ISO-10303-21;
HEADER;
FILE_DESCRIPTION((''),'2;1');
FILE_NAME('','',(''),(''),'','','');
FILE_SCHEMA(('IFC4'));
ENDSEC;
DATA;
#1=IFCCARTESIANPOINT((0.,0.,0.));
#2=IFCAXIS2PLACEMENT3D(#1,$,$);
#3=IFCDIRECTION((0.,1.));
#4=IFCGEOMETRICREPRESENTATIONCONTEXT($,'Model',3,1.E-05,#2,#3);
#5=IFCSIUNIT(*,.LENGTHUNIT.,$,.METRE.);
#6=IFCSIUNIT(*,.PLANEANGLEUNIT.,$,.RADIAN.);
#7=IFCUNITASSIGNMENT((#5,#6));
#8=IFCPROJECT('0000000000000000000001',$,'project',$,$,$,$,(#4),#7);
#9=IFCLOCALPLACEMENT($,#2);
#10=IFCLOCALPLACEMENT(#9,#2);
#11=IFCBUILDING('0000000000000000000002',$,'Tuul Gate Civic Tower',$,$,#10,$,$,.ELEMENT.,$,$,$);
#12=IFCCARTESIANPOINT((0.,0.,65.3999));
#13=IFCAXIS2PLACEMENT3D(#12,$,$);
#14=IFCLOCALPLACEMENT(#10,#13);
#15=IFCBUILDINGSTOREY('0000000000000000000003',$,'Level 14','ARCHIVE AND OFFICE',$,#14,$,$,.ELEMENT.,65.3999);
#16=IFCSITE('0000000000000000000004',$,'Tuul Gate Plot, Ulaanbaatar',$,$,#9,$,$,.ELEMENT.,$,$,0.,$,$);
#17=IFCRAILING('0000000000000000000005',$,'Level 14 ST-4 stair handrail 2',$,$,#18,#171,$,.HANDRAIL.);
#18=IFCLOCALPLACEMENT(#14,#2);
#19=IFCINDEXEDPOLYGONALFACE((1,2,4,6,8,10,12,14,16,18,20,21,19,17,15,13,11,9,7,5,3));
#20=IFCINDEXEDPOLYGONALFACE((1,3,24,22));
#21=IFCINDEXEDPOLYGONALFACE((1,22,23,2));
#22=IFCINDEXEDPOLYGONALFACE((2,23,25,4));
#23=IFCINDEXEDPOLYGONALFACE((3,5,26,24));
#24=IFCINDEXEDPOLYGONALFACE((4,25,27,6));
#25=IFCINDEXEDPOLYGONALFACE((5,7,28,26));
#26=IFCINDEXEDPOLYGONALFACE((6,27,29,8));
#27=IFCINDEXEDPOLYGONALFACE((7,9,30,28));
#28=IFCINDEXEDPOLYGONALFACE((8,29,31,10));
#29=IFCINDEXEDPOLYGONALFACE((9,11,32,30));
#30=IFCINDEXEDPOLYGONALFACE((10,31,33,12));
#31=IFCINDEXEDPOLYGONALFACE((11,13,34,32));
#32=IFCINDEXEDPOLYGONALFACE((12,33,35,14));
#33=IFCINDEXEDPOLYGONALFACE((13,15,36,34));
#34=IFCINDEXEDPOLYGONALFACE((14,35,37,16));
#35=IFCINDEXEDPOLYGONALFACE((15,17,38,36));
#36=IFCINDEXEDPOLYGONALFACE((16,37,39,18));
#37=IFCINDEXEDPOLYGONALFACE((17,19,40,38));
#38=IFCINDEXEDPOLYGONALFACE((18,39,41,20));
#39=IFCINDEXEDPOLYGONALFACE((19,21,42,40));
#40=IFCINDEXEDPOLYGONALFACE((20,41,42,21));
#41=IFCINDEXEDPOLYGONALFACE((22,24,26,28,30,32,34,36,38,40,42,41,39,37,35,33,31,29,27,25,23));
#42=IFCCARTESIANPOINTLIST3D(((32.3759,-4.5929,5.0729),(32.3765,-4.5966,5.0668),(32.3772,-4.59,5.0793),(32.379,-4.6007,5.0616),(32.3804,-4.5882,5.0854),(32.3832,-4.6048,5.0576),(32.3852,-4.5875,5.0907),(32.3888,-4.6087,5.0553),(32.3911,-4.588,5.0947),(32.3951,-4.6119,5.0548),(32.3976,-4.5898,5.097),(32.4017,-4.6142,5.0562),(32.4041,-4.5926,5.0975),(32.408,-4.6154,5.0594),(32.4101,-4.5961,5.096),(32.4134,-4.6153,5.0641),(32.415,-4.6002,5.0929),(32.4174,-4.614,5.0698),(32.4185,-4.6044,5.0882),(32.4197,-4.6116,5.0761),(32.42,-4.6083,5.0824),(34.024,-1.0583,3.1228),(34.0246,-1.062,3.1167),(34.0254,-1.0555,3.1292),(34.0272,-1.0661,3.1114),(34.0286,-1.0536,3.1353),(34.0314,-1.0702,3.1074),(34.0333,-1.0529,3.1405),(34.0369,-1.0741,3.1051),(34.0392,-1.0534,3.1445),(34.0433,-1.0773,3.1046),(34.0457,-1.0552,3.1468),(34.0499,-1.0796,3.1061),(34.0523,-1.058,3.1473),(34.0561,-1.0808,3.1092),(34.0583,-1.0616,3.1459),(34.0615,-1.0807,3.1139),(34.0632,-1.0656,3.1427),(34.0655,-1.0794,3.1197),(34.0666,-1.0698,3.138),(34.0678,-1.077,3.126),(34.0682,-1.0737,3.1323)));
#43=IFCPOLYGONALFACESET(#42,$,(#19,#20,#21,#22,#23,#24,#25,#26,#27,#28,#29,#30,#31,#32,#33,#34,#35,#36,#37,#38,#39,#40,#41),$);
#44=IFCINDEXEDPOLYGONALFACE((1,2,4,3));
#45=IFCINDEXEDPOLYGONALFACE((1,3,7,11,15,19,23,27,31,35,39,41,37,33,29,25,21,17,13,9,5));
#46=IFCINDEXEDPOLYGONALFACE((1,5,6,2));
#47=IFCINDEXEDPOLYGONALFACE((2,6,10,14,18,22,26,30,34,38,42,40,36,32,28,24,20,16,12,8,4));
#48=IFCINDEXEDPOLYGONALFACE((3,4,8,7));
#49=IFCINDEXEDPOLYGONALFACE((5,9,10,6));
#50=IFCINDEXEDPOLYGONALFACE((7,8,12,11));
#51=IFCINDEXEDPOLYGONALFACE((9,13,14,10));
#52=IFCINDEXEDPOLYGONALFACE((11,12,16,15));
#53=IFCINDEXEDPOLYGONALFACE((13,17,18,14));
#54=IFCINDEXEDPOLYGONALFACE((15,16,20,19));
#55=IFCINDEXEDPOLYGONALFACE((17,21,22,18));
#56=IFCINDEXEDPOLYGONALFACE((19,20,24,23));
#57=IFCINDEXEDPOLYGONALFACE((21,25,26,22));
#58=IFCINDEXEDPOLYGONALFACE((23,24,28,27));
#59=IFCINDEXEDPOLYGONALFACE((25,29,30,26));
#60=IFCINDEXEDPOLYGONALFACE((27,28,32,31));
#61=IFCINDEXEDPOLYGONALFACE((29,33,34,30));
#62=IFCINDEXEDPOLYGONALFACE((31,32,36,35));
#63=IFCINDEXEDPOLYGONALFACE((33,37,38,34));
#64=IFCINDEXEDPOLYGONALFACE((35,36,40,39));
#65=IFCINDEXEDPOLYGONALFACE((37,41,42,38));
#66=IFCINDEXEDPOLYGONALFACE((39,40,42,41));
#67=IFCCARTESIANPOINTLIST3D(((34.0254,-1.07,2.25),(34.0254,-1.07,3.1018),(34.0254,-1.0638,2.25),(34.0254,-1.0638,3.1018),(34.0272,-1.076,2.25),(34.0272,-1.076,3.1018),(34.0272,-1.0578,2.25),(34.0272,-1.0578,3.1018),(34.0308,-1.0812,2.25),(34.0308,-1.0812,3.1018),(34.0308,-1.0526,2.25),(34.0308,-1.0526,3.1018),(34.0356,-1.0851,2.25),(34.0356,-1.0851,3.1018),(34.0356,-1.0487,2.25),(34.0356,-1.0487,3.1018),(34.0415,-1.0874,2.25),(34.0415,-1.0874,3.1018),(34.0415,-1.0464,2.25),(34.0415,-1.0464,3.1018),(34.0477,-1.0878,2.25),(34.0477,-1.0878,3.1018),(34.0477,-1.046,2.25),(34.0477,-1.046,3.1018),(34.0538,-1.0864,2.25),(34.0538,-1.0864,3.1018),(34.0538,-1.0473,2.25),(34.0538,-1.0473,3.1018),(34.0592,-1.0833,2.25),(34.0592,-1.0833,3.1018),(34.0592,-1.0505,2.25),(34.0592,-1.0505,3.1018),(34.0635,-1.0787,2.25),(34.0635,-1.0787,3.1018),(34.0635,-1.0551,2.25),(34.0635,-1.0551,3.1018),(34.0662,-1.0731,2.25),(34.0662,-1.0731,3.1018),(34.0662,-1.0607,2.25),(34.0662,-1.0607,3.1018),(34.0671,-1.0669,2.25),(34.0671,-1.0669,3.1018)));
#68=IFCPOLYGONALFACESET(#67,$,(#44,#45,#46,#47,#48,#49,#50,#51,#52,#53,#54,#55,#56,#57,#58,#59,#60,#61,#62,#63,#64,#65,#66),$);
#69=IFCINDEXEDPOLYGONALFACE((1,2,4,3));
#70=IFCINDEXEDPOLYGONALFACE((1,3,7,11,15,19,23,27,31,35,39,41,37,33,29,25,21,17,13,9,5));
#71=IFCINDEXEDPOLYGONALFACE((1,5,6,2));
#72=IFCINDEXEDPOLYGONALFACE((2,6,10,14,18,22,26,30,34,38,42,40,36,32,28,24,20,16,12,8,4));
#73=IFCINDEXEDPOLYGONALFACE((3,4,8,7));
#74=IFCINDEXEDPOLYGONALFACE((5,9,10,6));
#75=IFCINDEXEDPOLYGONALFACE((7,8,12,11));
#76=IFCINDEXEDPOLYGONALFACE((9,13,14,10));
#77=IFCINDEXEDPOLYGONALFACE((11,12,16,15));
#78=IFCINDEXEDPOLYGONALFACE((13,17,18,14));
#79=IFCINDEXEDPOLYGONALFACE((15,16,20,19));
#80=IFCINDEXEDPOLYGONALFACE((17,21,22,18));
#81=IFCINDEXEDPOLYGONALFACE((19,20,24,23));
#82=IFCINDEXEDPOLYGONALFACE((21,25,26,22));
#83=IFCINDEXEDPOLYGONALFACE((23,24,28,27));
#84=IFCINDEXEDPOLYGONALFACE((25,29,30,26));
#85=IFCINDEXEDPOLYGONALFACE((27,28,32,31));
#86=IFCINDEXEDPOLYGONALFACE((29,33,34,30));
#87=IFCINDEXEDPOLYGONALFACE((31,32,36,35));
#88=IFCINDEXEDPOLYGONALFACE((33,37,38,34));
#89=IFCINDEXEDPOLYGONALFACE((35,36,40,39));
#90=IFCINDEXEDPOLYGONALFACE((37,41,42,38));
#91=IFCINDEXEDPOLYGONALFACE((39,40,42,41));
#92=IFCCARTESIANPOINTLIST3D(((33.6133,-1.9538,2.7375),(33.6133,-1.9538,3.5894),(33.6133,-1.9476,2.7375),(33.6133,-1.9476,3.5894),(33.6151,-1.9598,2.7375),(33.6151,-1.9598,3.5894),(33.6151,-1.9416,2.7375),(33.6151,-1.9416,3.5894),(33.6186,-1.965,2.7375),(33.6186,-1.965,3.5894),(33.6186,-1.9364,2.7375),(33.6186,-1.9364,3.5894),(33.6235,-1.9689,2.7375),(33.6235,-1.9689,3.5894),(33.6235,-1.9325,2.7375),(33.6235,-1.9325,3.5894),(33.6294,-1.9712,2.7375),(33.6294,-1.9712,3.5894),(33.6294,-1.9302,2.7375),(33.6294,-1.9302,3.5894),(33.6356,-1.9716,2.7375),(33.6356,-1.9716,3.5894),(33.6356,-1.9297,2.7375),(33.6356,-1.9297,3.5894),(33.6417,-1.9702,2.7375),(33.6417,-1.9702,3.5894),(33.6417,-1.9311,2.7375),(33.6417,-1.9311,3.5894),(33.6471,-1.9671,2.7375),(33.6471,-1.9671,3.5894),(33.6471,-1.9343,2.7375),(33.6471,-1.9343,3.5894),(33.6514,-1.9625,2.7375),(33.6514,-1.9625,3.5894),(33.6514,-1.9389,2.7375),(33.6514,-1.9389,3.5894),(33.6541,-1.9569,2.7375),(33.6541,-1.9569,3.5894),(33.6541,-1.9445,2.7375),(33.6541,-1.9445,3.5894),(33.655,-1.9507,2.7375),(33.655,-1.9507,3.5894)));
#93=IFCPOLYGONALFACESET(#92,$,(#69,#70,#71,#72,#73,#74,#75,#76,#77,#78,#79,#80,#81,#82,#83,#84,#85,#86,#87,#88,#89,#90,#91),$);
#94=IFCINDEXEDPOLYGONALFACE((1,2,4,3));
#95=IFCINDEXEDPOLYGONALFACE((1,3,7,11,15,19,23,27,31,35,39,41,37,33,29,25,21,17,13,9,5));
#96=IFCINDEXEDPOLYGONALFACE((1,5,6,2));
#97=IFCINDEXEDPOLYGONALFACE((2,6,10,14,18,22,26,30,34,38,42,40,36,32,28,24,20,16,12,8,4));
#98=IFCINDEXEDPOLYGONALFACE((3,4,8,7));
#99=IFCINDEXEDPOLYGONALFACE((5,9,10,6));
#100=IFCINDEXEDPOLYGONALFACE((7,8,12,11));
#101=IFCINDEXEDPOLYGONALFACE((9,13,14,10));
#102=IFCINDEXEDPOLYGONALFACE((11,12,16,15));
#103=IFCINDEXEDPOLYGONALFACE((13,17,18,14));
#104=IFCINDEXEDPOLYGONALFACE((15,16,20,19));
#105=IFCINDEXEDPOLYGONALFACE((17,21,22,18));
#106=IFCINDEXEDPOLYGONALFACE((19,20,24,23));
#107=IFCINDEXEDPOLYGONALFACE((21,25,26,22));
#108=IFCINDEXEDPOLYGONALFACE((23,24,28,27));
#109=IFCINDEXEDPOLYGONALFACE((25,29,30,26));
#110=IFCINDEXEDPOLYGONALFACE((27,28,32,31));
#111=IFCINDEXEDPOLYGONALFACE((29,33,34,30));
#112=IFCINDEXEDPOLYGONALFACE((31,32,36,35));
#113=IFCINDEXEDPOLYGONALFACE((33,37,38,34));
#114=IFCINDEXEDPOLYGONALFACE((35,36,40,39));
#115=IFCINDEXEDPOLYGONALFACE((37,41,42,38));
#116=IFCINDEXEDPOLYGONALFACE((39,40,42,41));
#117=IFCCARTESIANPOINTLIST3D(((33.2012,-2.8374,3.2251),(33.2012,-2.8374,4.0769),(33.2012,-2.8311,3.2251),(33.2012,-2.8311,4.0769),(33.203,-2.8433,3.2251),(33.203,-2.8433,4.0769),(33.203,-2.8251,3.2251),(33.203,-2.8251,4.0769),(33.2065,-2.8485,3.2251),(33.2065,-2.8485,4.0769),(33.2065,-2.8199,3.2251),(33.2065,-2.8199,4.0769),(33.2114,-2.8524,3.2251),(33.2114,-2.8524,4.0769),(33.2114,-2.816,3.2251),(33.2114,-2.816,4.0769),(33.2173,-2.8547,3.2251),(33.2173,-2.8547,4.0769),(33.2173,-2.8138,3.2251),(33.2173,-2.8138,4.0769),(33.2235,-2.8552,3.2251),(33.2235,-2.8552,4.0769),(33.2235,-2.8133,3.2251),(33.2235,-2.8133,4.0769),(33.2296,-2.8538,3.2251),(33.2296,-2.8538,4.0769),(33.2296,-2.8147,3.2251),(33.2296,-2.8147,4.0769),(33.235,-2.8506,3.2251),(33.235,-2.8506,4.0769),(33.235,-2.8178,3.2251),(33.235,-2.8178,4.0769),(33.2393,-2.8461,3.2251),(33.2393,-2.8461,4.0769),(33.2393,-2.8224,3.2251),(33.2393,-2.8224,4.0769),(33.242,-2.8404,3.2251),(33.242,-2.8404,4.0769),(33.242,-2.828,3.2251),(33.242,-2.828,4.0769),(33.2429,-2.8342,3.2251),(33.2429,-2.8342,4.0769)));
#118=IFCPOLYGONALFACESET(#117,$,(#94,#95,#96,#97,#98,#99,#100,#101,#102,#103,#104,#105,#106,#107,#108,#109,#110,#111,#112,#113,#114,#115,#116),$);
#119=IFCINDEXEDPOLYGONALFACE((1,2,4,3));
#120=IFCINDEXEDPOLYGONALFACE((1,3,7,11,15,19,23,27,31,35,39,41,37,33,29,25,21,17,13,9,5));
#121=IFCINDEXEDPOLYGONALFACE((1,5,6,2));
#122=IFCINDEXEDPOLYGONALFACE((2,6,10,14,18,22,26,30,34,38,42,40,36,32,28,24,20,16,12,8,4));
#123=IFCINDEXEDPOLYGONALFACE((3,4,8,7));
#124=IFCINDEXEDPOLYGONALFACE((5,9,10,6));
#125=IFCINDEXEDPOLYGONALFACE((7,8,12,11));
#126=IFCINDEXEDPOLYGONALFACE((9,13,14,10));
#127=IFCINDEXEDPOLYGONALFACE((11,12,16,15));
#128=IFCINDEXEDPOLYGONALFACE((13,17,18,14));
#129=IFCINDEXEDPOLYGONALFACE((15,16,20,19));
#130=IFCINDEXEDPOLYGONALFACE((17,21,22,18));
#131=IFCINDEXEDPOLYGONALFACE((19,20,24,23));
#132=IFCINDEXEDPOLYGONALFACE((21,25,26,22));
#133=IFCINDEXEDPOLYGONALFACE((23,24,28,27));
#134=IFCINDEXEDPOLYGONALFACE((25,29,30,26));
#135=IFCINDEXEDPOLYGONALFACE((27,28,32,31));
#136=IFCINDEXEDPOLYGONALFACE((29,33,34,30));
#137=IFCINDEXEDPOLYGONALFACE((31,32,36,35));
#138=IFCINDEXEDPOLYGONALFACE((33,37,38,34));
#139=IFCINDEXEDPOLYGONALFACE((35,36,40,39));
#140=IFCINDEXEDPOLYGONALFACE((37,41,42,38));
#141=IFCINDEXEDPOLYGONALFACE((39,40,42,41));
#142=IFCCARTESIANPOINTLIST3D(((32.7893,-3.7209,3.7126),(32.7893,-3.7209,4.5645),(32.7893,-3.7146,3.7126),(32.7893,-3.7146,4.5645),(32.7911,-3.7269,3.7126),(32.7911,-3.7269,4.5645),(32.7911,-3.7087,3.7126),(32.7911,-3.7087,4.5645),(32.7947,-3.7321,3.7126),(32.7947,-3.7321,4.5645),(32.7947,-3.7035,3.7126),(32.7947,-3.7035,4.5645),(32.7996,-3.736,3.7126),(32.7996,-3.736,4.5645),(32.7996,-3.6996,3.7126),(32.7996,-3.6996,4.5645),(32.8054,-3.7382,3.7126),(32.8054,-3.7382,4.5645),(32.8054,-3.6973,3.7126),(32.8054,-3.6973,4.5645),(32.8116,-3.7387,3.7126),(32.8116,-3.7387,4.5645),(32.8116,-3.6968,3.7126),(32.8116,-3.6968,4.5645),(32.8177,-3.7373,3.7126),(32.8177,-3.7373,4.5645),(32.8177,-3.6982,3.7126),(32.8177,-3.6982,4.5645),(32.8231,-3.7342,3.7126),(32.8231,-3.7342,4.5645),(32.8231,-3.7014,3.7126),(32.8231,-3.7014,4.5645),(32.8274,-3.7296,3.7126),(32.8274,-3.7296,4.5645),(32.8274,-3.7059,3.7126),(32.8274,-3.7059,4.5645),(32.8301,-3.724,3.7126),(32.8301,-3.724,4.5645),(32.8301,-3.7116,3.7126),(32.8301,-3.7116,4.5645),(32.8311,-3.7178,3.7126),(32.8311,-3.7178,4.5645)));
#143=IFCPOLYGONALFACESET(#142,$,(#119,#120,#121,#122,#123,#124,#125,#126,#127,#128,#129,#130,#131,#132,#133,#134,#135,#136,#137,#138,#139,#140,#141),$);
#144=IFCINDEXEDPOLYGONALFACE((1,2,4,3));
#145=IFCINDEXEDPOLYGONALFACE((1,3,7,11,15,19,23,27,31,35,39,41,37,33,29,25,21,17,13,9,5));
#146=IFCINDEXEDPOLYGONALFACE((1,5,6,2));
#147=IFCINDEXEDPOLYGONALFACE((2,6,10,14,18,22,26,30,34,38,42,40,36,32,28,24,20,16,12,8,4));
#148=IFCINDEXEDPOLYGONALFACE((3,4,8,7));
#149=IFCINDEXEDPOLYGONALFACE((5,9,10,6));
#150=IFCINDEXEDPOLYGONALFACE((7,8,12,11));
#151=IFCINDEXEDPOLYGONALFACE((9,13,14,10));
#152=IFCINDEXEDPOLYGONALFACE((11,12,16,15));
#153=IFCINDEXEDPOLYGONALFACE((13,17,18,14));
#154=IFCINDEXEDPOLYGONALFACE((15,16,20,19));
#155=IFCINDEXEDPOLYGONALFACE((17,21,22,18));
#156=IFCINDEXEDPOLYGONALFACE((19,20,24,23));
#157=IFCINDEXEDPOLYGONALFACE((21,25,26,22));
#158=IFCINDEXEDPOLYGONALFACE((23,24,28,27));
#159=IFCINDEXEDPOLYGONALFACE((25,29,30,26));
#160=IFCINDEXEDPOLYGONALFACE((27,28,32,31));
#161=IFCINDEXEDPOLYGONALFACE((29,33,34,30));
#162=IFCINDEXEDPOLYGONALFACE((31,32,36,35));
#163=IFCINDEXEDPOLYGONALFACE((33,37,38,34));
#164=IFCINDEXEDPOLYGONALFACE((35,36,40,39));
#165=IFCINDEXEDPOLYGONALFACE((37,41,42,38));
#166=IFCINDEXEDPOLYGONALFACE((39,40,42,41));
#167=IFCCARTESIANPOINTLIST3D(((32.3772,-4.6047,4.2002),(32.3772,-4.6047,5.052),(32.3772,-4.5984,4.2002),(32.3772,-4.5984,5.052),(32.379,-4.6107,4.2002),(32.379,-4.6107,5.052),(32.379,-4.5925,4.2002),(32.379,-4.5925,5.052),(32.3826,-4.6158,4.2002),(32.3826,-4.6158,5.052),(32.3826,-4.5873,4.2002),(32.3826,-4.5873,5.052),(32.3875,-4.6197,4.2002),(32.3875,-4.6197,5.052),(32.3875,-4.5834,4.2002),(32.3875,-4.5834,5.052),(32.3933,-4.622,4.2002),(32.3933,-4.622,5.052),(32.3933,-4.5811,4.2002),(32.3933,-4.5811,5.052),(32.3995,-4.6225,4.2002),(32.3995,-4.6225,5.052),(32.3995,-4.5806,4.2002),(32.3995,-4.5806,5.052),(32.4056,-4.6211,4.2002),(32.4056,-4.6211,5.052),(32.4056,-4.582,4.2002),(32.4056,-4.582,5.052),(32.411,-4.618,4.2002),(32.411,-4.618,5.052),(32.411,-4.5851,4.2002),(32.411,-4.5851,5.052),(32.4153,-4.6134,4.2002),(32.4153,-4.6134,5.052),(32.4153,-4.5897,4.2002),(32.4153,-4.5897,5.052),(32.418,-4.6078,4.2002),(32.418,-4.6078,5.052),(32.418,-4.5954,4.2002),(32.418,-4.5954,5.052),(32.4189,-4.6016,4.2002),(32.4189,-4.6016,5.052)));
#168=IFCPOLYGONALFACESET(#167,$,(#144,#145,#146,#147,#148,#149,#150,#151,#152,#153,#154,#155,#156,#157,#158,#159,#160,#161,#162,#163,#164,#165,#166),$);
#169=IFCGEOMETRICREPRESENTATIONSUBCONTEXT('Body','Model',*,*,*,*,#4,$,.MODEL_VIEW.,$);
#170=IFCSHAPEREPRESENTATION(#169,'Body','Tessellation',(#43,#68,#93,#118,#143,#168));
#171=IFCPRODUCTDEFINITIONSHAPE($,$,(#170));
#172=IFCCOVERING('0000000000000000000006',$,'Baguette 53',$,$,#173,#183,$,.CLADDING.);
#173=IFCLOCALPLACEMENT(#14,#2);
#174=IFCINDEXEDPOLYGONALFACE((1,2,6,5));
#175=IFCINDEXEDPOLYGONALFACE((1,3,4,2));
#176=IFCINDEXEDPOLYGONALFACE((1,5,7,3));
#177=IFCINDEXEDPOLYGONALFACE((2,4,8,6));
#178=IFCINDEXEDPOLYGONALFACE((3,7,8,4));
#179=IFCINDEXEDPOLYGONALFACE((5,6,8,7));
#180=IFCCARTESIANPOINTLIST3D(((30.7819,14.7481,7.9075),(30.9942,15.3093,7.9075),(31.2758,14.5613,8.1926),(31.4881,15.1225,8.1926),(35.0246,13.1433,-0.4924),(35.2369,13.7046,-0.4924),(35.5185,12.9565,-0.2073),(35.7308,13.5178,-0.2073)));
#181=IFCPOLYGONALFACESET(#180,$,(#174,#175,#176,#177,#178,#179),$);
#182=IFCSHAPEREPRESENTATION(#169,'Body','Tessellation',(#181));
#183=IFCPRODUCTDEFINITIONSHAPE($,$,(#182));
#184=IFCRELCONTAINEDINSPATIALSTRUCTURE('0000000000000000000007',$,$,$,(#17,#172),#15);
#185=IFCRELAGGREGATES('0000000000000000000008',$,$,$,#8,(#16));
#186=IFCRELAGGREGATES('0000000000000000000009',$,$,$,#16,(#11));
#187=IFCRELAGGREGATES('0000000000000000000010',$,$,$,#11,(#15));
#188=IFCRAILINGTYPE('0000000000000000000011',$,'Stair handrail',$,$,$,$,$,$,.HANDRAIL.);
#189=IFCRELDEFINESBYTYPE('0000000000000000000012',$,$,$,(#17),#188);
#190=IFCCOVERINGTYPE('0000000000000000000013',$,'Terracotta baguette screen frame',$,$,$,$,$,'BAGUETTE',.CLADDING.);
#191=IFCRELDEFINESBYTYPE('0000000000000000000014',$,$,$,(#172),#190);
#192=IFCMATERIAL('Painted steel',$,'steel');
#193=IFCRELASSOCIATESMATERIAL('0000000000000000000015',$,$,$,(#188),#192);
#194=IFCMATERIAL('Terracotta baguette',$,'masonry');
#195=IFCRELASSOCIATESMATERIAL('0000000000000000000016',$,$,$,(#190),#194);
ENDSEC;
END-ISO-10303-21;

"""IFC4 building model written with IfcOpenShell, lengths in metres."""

from ifc_helpers import new_model, si_unit, direction, frame, origin, origin_2d, place, context, subcontext, project, spatial, rectangle, circle, extrude, material, material_profile, profile_set, type_object, element, save


model = new_model("IFC4")

# Units and contexts
model_context = context("Model", 3, precision=1e-05, world=origin(), true_north=direction((0.0, 1.0)))
body_context = subcontext(model_context, "Body", "Model", "MODEL_VIEW")
ifc_project = project(units=[si_unit("LENGTHUNIT", "METRE"), si_unit("PLANEANGLEUNIT", "RADIAN")], contexts=[model_context])

# Site, building, storey
site_placement = place(None, origin())
site = spatial("IfcSite", under=ifc_project, at=site_placement, Name="Tuul Gate Plot, Ulaanbaatar", CompositionType="ELEMENT", RefElevation=0.0)
building_placement = place(site_placement, origin())
building = spatial("IfcBuilding", under=site, at=building_placement, Name="Tuul Gate Civic Tower", CompositionType="ELEMENT")
storey_placement = place(building_placement, frame((0.0, 0.0, 65.3999)))
storey = spatial("IfcBuildingStorey", under=building, at=storey_placement, Name="Level 14", Description="ARCHIVE AND OFFICE", CompositionType="ELEMENT", Elevation=65.3999)

# Railing
ifc_material_1 = material(Name="Painted steel", Category="steel")
railing_type = type_object("IfcRailingType", Name="Stair handrail", PredefinedType="HANDRAIL", material=ifc_material_1)
railing_placement = place(storey_placement, frame((34.0461, -1.0669, 2.25)))
element("IfcRailing", 1, at=railing_placement, inside=storey, type_object=railing_type, Name="Level 14 ST-4 stair handrail 2", PredefinedType="HANDRAIL", context=body_context, shape_type="SweptSolid", body=[
    extrude(circle(Radius=0.0239, at=origin_2d()), frame((0.0, 0.0, 0.876), z_axis=(-0.377985, -0.810617, 0.447245), x_axis=(0.906313, -0.422608, 0.0)), (0.0, 0.0, 1.0), 4.3604),
    extrude(circle(Radius=0.021, at=origin_2d()), origin(), (0.0, 0.0, 1.0), 0.8518),
    extrude(circle(Radius=0.021, at=origin_2d()), frame((-0.4121, -0.8838, 0.4875)), (0.0, 0.0, 1.0), 0.8518),
    extrude(circle(Radius=0.021, at=origin_2d()), frame((-0.8242, -1.7673, 0.9751)), (0.0, 0.0, 1.0), 0.8518),
    extrude(circle(Radius=0.021, at=origin_2d()), frame((-1.2361, -2.6509, 1.4626)), (0.0, 0.0, 1.0), 0.8518),
    extrude(circle(Radius=0.021, at=origin_2d()), frame((-1.6482, -3.5347, 1.9502)), (0.0, 0.0, 1.0), 0.8518),
])

# Covering
ifc_material_2 = material(Name="Terracotta baguette", Category="masonry")
ifc_material_profile_1 = material_profile(ifc_material_2, rectangle(XDim=0.6001, YDim=0.6001, at=origin_2d()), Name="Terracotta baguette screen frame")
ifc_profile_set_1 = profile_set([ifc_material_profile_1], Name="Terracotta baguette")
covering_type = type_object("IfcCoveringType", Name="Terracotta baguette screen frame", ElementType="BAGUETTE", PredefinedType="CLADDING", material=ifc_profile_set_1)
covering_placement = place(storey_placement, frame((31.135, 14.9353, 8.05), z_axis=(0.444427, -0.168099, -0.879902), x_axis=(0.353776, 0.93533, 0.0)))
element("IfcCovering", 2, at=covering_placement, inside=storey, type_object=covering_type, Name="Baguette 53", PredefinedType="CLADDING", context=body_context, shape_type="SweptSolid", body=[
    extrude(rectangle(XDim=0.6001, YDim=0.6001, at=origin_2d()), origin(), (0.0, 0.0, 1.0), 9.5464),
])

save(model, "model.ifc")
